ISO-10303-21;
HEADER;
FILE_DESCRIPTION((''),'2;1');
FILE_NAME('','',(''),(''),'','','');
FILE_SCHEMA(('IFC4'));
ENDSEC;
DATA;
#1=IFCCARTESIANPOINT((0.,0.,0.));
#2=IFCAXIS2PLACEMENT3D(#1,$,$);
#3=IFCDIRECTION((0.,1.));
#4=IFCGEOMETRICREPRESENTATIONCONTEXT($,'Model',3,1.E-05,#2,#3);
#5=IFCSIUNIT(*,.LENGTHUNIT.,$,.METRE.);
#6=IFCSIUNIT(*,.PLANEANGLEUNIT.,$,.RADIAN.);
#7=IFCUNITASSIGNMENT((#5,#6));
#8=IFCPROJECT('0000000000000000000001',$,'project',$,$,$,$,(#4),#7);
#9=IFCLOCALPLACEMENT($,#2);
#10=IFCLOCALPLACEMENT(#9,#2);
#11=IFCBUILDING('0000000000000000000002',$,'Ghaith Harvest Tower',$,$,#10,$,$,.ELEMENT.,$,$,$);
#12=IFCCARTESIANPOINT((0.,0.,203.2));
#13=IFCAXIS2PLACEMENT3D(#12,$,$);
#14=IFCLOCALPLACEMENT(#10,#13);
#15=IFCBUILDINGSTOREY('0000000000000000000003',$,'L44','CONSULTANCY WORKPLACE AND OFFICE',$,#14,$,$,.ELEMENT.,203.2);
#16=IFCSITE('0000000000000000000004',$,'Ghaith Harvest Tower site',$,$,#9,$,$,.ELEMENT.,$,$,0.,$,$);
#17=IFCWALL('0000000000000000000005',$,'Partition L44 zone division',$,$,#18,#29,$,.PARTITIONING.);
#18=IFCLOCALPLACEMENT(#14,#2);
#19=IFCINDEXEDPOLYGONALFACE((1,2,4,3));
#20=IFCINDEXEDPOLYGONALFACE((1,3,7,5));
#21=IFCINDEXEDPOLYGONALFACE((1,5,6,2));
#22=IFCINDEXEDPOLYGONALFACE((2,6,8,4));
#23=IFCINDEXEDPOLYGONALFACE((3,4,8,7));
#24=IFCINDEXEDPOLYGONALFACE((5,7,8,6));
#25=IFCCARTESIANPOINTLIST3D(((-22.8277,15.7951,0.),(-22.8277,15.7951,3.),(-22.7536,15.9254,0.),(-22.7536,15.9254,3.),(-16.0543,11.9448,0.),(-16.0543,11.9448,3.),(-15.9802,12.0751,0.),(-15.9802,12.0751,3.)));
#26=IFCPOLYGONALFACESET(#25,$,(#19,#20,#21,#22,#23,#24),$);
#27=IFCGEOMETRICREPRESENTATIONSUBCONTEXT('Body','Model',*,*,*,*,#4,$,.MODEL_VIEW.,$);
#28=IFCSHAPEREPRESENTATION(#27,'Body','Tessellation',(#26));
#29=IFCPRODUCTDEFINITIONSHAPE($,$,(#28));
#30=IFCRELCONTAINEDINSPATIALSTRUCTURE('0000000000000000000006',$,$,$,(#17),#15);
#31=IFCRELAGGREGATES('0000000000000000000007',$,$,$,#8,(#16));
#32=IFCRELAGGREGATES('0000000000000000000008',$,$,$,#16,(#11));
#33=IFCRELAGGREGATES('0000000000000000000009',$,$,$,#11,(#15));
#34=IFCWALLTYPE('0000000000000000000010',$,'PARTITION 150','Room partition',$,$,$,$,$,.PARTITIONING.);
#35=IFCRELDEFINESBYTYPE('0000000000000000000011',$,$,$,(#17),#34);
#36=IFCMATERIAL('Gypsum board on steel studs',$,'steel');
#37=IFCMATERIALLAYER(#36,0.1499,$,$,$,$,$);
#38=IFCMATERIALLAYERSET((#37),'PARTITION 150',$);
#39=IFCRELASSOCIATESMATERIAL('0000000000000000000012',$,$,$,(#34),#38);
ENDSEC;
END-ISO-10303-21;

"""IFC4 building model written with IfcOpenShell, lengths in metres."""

from ifc_helpers import new_model, si_unit, direction, frame, frame_2d, origin, place, context, subcontext, project, spatial, rectangle, extrude, material, layer, layer_set, type_object, element, save


model = new_model("IFC4")

# Units and contexts
model_context = context("Model", 3, precision=1e-05, world=origin(), true_north=direction((0.0, 1.0)))
body_context = subcontext(model_context, "Body", "Model", "MODEL_VIEW")
ifc_project = project(units=[si_unit("LENGTHUNIT", "METRE"), si_unit("PLANEANGLEUNIT", "RADIAN")], contexts=[model_context])

# Site, building, storey
site_placement = place(None, origin())
site = spatial("IfcSite", under=ifc_project, at=site_placement, Name="Ghaith Harvest Tower site", CompositionType="ELEMENT", RefElevation=0.0)
building_placement = place(site_placement, origin())
building = spatial("IfcBuilding", under=site, at=building_placement, Name="Ghaith Harvest Tower", CompositionType="ELEMENT")
storey_placement = place(building_placement, frame((0.0, 0.0, 203.2)))
storey = spatial("IfcBuildingStorey", under=building, at=storey_placement, Name="L44", Description="CONSULTANCY WORKPLACE AND OFFICE", CompositionType="ELEMENT", Elevation=203.2)

# Shared definitions
ifc_material_1 = material(Name="Gypsum board on steel studs", Category="steel")
ifc_layer_1 = layer(ifc_material_1, 0.1499)
ifc_layer_set_1 = layer_set([ifc_layer_1], Name="PARTITION 150")
wall_type_1 = type_object("IfcWallType", Name="PARTITION 150", Description="Room partition", PredefinedType="PARTITIONING", material=ifc_layer_set_1)

# Wall
wall_1_placement = place(storey_placement, frame((-16.0173, 12.01, 0.0), z_axis=(0.0, 0.0, 1.0), x_axis=(-0.869357, 0.494184, 0.0)))
element("IfcWall", 1, at=wall_1_placement, inside=storey, type_object=wall_type_1, Name="Partition L44 zone division", PredefinedType="PARTITIONING", context=body_context, shape_type="SweptSolid", body=[
    extrude(rectangle(XDim=7.7913, YDim=0.1499, at=frame_2d((3.8955, 0.0))), origin(), (0.0, 0.0, 1.0), 3.0),
])

save(model, "model.ifc")
